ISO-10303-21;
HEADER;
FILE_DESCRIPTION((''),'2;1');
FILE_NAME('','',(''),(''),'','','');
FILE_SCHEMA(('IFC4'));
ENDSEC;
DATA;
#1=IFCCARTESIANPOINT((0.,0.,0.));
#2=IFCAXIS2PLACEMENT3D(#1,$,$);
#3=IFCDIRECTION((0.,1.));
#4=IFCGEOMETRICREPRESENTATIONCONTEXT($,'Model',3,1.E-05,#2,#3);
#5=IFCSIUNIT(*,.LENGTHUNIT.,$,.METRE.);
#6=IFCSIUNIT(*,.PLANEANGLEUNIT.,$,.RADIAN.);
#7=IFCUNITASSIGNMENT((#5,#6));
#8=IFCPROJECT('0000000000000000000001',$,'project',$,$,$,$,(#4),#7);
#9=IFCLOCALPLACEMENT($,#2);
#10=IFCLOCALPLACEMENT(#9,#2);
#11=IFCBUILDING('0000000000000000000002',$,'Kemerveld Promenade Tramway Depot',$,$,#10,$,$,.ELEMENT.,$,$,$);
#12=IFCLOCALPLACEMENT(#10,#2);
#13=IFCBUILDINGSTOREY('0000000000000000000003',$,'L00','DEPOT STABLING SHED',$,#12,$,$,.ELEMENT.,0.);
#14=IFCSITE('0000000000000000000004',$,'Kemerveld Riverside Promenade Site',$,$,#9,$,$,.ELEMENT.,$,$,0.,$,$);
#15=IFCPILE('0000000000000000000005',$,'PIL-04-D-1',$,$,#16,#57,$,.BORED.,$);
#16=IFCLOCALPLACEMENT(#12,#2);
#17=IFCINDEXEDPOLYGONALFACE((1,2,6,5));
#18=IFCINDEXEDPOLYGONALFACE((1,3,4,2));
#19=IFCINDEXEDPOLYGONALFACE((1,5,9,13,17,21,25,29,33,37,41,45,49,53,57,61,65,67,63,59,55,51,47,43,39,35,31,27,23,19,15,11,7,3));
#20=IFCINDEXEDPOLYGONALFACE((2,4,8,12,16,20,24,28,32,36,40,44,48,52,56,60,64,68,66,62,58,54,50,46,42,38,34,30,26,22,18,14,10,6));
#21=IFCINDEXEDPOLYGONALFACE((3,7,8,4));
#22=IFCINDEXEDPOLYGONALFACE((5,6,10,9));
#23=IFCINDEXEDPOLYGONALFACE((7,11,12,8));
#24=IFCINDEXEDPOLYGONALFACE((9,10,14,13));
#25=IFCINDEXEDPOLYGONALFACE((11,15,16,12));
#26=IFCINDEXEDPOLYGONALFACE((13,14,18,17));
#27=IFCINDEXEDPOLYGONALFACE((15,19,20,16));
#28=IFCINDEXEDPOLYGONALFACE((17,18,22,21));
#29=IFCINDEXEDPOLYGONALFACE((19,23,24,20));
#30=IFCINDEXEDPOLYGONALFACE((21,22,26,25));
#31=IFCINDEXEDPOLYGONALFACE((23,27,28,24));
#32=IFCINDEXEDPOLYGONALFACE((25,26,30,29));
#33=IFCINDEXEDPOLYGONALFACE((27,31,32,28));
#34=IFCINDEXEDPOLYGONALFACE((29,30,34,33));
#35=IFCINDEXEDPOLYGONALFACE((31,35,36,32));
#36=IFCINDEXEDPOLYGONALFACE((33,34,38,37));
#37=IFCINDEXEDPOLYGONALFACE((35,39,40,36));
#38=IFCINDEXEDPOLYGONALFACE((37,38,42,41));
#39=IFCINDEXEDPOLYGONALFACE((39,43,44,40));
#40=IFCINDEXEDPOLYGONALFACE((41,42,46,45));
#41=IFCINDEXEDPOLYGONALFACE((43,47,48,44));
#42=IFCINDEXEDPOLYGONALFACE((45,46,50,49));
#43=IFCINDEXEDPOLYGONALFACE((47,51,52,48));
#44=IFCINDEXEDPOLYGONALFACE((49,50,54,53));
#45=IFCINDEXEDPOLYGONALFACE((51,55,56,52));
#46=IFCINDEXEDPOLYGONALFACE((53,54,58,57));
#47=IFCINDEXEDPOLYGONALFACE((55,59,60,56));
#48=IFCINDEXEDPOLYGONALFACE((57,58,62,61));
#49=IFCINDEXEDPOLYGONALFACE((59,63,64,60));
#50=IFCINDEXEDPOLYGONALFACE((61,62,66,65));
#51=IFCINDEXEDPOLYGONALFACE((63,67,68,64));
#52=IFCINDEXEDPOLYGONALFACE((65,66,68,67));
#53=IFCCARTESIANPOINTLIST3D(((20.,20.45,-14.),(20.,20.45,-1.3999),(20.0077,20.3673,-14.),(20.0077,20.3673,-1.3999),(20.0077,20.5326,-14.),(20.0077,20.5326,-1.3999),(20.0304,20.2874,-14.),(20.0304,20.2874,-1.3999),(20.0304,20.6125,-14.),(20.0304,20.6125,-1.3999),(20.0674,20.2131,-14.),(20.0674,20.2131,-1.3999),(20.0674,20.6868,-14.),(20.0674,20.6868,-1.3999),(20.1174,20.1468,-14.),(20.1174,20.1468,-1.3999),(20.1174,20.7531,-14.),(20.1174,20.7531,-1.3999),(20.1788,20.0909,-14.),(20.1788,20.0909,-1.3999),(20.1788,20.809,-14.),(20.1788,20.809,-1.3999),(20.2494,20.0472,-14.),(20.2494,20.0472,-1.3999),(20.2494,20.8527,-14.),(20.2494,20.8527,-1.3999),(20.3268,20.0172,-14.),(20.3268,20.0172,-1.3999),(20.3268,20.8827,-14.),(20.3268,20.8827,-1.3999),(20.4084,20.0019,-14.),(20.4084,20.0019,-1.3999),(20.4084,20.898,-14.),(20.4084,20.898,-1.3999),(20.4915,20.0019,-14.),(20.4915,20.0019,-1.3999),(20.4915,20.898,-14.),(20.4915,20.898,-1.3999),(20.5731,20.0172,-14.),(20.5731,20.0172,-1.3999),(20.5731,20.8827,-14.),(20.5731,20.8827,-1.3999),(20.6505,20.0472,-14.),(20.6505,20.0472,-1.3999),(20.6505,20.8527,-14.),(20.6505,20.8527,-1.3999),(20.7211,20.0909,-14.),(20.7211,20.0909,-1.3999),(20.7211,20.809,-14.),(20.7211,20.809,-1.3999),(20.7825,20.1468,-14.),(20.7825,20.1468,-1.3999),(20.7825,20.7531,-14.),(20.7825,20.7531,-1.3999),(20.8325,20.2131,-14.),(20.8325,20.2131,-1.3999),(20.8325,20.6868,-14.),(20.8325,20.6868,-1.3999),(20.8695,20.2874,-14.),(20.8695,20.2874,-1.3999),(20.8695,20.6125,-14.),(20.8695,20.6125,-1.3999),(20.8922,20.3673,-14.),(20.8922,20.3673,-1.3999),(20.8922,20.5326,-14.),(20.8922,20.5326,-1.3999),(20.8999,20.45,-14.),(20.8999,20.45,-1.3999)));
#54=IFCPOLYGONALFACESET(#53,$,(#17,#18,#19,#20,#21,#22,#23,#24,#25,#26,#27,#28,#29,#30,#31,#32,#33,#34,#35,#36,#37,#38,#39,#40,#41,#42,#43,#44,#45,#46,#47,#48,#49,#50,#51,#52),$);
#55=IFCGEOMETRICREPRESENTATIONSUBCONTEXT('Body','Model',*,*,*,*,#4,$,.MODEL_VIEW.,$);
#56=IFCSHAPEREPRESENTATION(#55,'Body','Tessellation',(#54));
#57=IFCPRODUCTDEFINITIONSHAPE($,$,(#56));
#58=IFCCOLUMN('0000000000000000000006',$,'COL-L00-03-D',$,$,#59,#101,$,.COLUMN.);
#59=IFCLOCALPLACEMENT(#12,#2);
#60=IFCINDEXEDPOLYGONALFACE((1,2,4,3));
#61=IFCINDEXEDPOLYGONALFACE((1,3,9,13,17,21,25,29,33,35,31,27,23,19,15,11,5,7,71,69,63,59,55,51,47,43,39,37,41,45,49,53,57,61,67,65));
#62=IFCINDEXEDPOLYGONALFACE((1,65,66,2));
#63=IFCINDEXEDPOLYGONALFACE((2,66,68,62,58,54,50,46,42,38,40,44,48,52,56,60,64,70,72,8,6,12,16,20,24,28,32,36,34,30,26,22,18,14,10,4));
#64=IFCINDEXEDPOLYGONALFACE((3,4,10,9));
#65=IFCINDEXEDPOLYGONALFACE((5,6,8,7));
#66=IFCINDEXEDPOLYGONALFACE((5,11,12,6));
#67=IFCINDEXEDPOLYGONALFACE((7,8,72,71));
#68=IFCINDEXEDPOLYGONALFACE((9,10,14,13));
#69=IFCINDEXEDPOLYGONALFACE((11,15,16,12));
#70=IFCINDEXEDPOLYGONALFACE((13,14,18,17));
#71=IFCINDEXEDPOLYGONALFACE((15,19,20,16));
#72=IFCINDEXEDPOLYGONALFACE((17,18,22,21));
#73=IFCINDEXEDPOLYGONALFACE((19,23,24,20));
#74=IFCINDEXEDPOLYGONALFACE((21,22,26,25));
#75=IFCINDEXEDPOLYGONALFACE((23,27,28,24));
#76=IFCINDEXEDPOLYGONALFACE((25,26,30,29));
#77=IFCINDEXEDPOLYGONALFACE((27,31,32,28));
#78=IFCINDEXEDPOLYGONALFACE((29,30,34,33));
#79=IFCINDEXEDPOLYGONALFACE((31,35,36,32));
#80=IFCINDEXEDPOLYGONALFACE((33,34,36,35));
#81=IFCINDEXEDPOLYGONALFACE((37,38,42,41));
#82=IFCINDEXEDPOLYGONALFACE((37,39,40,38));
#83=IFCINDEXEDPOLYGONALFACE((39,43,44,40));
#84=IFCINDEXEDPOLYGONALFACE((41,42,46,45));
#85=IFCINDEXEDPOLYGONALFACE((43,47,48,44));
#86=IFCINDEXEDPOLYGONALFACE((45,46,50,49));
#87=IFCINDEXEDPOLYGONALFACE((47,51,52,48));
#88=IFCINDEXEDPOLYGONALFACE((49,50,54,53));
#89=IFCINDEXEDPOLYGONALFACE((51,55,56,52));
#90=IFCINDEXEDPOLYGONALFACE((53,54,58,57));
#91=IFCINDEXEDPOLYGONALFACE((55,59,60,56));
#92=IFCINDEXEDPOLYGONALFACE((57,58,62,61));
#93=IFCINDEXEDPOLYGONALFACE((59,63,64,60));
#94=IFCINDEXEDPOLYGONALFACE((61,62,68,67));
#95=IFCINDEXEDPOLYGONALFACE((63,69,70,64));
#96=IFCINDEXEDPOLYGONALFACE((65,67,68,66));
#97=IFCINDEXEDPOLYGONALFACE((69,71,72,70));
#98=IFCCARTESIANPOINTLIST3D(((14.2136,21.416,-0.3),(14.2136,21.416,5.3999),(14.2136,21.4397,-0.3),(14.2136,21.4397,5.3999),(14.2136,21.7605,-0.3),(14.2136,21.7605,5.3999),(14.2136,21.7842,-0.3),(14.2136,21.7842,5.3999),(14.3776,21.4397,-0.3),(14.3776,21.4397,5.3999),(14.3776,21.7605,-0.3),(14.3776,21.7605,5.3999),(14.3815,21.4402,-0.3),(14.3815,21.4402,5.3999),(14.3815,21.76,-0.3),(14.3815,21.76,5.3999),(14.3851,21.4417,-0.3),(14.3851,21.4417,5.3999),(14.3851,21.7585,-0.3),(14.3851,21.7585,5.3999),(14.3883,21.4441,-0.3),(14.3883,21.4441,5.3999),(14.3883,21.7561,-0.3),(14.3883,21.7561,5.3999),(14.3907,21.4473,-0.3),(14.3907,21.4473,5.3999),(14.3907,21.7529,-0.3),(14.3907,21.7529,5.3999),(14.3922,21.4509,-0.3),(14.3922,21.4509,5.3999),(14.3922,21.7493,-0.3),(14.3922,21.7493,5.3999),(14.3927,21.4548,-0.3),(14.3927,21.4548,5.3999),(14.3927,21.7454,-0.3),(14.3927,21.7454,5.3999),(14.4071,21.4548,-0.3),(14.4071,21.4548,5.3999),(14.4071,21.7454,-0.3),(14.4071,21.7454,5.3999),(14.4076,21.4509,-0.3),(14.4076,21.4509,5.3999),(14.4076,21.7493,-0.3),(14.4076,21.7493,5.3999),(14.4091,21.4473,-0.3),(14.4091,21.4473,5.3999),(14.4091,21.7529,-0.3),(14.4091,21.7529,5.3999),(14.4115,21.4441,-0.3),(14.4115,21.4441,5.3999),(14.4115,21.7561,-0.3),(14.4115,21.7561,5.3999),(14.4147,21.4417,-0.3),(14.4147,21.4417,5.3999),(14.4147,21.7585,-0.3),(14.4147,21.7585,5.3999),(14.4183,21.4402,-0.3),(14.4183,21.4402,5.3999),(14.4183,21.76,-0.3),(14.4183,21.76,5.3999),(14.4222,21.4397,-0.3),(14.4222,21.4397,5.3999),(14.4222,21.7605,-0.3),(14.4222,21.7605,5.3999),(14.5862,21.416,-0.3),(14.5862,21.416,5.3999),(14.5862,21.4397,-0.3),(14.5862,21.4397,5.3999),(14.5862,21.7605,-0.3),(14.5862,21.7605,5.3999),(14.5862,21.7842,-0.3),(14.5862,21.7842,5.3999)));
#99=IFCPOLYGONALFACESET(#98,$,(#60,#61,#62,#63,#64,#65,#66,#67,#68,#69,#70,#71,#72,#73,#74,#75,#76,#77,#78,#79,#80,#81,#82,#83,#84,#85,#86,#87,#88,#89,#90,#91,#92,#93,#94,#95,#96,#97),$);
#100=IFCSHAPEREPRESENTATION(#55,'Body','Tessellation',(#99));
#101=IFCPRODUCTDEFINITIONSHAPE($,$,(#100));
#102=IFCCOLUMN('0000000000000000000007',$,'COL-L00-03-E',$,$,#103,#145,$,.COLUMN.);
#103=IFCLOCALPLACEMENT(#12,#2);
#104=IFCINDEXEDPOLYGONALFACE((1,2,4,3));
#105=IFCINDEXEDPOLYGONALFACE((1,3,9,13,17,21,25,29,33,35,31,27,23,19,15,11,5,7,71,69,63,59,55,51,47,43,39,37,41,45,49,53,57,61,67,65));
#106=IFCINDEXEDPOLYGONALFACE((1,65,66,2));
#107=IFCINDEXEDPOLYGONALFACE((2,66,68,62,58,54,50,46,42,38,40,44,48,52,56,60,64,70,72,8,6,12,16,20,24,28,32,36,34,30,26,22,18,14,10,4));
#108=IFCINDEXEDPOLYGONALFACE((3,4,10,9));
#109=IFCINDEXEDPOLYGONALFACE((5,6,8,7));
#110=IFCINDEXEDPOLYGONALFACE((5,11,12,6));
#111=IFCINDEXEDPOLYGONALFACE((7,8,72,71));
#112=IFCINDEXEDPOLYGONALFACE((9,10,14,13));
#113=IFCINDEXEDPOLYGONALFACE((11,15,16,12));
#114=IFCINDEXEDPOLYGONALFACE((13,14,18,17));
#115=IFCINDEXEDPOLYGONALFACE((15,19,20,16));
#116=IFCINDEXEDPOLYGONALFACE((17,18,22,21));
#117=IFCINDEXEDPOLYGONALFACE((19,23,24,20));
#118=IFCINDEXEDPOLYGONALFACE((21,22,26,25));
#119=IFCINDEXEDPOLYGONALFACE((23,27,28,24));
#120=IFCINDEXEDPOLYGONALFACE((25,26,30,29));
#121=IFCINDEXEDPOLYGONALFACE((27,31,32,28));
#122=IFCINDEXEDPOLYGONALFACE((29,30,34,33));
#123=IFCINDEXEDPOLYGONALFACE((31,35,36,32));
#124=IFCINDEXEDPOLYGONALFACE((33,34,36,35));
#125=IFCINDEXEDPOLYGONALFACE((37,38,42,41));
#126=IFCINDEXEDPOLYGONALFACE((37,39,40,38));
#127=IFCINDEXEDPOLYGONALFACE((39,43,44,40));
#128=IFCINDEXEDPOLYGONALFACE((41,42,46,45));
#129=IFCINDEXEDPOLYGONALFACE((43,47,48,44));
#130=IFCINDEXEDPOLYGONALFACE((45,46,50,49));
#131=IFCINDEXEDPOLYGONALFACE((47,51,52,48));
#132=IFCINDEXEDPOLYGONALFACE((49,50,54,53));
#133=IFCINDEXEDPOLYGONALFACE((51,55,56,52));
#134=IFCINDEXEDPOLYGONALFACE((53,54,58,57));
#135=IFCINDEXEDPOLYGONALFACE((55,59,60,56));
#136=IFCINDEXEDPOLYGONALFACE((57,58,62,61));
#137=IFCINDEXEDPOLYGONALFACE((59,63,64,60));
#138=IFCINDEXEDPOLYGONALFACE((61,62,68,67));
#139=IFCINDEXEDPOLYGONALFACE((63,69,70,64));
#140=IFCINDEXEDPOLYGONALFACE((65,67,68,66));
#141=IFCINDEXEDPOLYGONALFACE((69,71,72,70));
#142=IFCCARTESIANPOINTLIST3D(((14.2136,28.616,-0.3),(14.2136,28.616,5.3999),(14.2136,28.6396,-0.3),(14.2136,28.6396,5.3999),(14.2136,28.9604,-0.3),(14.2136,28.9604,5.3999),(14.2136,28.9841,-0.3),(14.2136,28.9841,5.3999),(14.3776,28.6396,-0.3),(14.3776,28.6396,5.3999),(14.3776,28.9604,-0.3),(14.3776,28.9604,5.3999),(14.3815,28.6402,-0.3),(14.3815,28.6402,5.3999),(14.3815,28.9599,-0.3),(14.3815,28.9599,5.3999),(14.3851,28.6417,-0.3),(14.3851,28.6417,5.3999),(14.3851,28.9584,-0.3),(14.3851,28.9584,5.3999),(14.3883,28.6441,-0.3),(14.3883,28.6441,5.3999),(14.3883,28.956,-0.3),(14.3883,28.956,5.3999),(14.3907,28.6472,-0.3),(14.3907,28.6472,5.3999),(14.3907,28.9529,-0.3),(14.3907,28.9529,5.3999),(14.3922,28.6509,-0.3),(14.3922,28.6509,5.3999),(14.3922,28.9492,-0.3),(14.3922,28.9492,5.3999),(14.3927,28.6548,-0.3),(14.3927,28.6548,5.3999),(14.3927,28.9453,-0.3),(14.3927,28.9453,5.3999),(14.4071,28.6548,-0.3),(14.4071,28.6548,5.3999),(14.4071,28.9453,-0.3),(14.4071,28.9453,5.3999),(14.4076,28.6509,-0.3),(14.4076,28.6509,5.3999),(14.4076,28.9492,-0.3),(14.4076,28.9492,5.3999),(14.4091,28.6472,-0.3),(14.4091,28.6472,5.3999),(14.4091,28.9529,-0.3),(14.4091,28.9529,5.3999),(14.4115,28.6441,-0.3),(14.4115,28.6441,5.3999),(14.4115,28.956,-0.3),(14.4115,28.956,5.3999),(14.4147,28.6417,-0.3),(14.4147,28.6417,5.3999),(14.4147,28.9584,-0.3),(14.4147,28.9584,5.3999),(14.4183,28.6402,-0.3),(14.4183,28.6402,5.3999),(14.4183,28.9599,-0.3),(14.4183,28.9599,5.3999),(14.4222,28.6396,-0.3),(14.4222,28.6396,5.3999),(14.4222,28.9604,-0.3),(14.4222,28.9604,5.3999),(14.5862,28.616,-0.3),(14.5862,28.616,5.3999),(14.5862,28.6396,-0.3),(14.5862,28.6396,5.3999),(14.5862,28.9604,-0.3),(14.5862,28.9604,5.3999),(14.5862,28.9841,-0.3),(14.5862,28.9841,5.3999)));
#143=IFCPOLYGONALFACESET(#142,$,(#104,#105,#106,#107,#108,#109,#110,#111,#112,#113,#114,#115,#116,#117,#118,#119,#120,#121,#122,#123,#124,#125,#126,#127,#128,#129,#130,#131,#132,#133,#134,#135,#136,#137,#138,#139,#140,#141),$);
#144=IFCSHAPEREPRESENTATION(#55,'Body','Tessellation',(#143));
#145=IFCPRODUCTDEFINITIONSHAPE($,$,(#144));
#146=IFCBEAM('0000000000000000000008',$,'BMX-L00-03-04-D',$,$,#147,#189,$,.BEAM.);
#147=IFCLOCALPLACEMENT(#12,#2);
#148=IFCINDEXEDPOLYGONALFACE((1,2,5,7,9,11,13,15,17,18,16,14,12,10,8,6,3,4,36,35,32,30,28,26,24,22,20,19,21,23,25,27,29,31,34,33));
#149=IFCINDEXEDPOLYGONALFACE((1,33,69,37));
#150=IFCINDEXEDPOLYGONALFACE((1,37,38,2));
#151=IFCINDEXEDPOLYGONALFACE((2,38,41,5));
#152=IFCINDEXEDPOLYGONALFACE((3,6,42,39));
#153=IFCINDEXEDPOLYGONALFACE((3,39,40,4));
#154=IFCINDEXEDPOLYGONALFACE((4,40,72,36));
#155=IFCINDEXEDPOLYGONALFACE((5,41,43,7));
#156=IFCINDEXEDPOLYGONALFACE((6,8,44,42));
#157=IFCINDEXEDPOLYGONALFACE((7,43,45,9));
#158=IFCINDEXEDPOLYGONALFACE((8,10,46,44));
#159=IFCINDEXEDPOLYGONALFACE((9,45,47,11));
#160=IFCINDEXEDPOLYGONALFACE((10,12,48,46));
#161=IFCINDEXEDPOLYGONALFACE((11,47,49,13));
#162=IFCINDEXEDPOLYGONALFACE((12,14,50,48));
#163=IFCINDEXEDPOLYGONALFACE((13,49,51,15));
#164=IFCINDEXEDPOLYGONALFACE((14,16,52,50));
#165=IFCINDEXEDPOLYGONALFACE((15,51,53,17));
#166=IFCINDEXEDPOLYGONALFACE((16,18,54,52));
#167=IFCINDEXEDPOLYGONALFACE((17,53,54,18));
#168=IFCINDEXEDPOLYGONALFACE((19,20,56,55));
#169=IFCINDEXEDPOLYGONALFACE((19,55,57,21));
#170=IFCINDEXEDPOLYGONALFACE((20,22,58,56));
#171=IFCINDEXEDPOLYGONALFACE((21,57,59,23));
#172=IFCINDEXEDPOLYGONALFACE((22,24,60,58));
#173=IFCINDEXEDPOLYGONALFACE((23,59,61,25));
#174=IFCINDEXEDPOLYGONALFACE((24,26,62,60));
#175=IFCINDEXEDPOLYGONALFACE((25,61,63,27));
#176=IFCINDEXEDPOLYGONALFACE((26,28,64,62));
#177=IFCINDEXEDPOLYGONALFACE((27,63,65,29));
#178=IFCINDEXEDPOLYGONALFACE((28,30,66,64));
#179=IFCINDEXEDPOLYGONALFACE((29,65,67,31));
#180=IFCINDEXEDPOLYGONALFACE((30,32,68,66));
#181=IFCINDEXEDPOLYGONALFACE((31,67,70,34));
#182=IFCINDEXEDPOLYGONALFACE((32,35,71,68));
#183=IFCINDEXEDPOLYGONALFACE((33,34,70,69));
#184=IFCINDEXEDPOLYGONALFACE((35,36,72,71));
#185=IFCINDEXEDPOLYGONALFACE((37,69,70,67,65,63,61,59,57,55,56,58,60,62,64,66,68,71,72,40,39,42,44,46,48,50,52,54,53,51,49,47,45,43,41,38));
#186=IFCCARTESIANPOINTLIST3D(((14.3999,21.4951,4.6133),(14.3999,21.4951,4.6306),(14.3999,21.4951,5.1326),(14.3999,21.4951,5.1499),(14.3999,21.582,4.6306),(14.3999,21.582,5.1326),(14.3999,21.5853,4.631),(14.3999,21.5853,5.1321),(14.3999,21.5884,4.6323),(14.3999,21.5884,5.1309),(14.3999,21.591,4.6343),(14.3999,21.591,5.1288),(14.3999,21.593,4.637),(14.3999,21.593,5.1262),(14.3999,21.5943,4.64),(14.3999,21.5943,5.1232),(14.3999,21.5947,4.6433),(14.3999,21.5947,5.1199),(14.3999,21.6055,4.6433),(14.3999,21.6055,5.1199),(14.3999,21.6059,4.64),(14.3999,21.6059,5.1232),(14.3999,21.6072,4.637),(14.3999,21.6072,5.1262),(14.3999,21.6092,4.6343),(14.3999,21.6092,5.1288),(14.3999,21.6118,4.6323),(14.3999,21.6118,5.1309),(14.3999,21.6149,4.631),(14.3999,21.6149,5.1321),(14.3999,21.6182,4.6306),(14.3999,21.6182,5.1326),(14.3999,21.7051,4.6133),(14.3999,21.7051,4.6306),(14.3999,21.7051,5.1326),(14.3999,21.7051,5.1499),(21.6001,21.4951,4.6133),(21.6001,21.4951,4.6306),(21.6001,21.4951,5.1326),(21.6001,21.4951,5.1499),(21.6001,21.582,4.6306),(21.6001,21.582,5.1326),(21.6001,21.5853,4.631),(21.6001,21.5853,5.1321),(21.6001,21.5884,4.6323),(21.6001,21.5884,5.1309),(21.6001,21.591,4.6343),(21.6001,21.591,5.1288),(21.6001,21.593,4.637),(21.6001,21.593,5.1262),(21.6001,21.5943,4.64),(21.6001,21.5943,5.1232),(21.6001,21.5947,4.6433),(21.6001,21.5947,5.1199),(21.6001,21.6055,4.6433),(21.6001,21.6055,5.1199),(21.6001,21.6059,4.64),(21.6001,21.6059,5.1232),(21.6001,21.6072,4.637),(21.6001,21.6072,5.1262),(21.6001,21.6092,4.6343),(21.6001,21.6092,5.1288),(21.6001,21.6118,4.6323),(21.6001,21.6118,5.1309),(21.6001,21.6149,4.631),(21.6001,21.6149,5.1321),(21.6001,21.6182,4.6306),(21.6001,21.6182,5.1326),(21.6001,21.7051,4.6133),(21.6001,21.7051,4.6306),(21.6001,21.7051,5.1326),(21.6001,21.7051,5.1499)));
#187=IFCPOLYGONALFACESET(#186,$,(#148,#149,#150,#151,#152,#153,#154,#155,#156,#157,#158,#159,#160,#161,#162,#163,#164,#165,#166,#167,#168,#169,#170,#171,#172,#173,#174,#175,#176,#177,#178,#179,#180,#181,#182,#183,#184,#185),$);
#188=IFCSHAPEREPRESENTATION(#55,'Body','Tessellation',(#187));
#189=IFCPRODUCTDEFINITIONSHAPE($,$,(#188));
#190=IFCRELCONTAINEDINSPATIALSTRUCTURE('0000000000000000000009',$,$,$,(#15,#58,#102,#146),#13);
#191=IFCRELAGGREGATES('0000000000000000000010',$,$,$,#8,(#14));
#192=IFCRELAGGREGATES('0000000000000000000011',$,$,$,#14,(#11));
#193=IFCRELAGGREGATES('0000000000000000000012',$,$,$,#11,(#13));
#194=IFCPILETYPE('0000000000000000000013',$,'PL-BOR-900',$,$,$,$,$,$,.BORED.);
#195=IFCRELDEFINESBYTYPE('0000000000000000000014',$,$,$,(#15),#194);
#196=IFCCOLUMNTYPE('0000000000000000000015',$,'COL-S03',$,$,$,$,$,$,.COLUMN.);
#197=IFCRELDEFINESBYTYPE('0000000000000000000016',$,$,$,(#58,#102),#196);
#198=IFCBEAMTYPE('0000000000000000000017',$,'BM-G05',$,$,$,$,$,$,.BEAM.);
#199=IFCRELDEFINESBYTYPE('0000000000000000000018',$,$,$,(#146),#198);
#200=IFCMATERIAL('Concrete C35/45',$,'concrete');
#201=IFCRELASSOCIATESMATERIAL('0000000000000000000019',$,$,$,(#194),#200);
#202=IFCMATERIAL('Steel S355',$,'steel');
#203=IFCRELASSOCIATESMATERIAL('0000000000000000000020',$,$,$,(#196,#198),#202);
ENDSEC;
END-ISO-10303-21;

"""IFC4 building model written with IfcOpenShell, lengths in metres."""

from ifc_helpers import new_model, si_unit, direction, frame, origin, origin_2d, place, context, subcontext, project, spatial, circle, i_section, extrude, material, material_profile, profile_set, type_object, element, save


model = new_model("IFC4")

# Units and contexts
model_context = context("Model", 3, precision=1e-05, world=origin(), true_north=direction((0.0, 1.0)))
body_context = subcontext(model_context, "Body", "Model", "MODEL_VIEW")
ifc_project = project(units=[si_unit("LENGTHUNIT", "METRE"), si_unit("PLANEANGLEUNIT", "RADIAN")], contexts=[model_context])

# Site, building, storey
site_placement = place(None, origin())
site = spatial("IfcSite", under=ifc_project, at=site_placement, Name="Kemerveld Riverside Promenade Site", CompositionType="ELEMENT", RefElevation=0.0)
building_placement = place(site_placement, origin())
building = spatial("IfcBuilding", under=site, at=building_placement, Name="Kemerveld Promenade Tramway Depot", CompositionType="ELEMENT")
storey_placement = place(building_placement, origin())
storey = spatial("IfcBuildingStorey", under=building, at=storey_placement, Name="L00", Description="DEPOT STABLING SHED", CompositionType="ELEMENT", Elevation=0.0)

# Shared definitions
ifc_material_1 = material(Name="Concrete C35/45", Category="concrete")

# Pile
ifc_material_profile_1 = material_profile(ifc_material_1, circle(Radius=0.45, at=origin_2d()), Name="PILE-D900")
ifc_profile_set_1 = profile_set([ifc_material_profile_1], Name="Concrete C35/45")
pile_type_1 = type_object("IfcPileType", Name="PL-BOR-900", PredefinedType="BORED", material=ifc_profile_set_1)
for number, where, z_axis, x_axis, name in (
    (1, (20.45, 20.45, -1.3999), (0.0, 0.0, -1.0), (1.0, 0.0, 0.0), "PIL-04-D-1"),
):
    element("IfcPile", number, at=place(storey_placement, frame(where, z_axis=z_axis, x_axis=x_axis)), inside=storey, type_object=pile_type_1, Name=name, PredefinedType="BORED", context=body_context, shape_type="SweptSolid", body=[
        extrude(circle(Radius=0.45, at=origin_2d()), origin(), (0.0, 0.0, 1.0), 12.6001),
    ])

# Columns
ifc_material_2 = material(Name="Steel S355", Category="steel")
ifc_material_profile_2 = material_profile(ifc_material_2, i_section(OverallWidth=0.3726, OverallDepth=0.3682, WebThickness=0.0144, FlangeThickness=0.0237, FilletRadius=0.0151, at=origin_2d()), Name="356x368x177 UC")
ifc_profile_set_2 = profile_set([ifc_material_profile_2], Name="Steel S355")
column_type = type_object("IfcColumnType", Name="COL-S03", PredefinedType="COLUMN", material=ifc_profile_set_2)
for number, where, z_axis, x_axis, name in (
    (2, (14.3999, 21.6001, -0.3), (0.0, 0.0, 1.0), (1.0, 0.0, 0.0), "COL-L00-03-D"),
    (3, (14.3999, 28.8, -0.3), (0.0, 0.0, 1.0), (1.0, 0.0, 0.0), "COL-L00-03-E"),
):
    element("IfcColumn", number, at=place(storey_placement, frame(where, z_axis=z_axis, x_axis=x_axis)), inside=storey, type_object=column_type, Name=name, PredefinedType="COLUMN", context=body_context, shape_type="SweptSolid", body=[
        extrude(i_section(OverallWidth=0.3726, OverallDepth=0.3682, WebThickness=0.0144, FlangeThickness=0.0237, FilletRadius=0.0151, at=origin_2d()), origin(), (0.0, 0.0, 1.0), 5.7),
    ])

# Beam
ifc_material_profile_3 = material_profile(ifc_material_2, i_section(OverallWidth=0.21, OverallDepth=0.5366, WebThickness=0.0107, FlangeThickness=0.0173, FilletRadius=0.0127, at=origin_2d()), Name="533x210x101 UB")
ifc_profile_set_3 = profile_set([ifc_material_profile_3], Name="Steel S355")
beam_type_1 = type_object("IfcBeamType", Name="BM-G05", PredefinedType="BEAM", material=ifc_profile_set_3)
beam_1_placement = place(storey_placement, frame((14.3999, 21.6001, 4.8816), z_axis=(1.0, 0.0, 0.0), x_axis=(0.0, 1.0, 0.0)))
element("IfcBeam", 4, at=beam_1_placement, inside=storey, type_object=beam_type_1, Name="BMX-L00-03-04-D", PredefinedType="BEAM", context=body_context, shape_type="SweptSolid", body=[
    extrude(i_section(OverallWidth=0.21, OverallDepth=0.5366, WebThickness=0.0107, FlangeThickness=0.0173, FilletRadius=0.0127, at=origin_2d()), origin(), (0.0, 0.0, 1.0), 7.2002),
])

save(model, "model.ifc")
